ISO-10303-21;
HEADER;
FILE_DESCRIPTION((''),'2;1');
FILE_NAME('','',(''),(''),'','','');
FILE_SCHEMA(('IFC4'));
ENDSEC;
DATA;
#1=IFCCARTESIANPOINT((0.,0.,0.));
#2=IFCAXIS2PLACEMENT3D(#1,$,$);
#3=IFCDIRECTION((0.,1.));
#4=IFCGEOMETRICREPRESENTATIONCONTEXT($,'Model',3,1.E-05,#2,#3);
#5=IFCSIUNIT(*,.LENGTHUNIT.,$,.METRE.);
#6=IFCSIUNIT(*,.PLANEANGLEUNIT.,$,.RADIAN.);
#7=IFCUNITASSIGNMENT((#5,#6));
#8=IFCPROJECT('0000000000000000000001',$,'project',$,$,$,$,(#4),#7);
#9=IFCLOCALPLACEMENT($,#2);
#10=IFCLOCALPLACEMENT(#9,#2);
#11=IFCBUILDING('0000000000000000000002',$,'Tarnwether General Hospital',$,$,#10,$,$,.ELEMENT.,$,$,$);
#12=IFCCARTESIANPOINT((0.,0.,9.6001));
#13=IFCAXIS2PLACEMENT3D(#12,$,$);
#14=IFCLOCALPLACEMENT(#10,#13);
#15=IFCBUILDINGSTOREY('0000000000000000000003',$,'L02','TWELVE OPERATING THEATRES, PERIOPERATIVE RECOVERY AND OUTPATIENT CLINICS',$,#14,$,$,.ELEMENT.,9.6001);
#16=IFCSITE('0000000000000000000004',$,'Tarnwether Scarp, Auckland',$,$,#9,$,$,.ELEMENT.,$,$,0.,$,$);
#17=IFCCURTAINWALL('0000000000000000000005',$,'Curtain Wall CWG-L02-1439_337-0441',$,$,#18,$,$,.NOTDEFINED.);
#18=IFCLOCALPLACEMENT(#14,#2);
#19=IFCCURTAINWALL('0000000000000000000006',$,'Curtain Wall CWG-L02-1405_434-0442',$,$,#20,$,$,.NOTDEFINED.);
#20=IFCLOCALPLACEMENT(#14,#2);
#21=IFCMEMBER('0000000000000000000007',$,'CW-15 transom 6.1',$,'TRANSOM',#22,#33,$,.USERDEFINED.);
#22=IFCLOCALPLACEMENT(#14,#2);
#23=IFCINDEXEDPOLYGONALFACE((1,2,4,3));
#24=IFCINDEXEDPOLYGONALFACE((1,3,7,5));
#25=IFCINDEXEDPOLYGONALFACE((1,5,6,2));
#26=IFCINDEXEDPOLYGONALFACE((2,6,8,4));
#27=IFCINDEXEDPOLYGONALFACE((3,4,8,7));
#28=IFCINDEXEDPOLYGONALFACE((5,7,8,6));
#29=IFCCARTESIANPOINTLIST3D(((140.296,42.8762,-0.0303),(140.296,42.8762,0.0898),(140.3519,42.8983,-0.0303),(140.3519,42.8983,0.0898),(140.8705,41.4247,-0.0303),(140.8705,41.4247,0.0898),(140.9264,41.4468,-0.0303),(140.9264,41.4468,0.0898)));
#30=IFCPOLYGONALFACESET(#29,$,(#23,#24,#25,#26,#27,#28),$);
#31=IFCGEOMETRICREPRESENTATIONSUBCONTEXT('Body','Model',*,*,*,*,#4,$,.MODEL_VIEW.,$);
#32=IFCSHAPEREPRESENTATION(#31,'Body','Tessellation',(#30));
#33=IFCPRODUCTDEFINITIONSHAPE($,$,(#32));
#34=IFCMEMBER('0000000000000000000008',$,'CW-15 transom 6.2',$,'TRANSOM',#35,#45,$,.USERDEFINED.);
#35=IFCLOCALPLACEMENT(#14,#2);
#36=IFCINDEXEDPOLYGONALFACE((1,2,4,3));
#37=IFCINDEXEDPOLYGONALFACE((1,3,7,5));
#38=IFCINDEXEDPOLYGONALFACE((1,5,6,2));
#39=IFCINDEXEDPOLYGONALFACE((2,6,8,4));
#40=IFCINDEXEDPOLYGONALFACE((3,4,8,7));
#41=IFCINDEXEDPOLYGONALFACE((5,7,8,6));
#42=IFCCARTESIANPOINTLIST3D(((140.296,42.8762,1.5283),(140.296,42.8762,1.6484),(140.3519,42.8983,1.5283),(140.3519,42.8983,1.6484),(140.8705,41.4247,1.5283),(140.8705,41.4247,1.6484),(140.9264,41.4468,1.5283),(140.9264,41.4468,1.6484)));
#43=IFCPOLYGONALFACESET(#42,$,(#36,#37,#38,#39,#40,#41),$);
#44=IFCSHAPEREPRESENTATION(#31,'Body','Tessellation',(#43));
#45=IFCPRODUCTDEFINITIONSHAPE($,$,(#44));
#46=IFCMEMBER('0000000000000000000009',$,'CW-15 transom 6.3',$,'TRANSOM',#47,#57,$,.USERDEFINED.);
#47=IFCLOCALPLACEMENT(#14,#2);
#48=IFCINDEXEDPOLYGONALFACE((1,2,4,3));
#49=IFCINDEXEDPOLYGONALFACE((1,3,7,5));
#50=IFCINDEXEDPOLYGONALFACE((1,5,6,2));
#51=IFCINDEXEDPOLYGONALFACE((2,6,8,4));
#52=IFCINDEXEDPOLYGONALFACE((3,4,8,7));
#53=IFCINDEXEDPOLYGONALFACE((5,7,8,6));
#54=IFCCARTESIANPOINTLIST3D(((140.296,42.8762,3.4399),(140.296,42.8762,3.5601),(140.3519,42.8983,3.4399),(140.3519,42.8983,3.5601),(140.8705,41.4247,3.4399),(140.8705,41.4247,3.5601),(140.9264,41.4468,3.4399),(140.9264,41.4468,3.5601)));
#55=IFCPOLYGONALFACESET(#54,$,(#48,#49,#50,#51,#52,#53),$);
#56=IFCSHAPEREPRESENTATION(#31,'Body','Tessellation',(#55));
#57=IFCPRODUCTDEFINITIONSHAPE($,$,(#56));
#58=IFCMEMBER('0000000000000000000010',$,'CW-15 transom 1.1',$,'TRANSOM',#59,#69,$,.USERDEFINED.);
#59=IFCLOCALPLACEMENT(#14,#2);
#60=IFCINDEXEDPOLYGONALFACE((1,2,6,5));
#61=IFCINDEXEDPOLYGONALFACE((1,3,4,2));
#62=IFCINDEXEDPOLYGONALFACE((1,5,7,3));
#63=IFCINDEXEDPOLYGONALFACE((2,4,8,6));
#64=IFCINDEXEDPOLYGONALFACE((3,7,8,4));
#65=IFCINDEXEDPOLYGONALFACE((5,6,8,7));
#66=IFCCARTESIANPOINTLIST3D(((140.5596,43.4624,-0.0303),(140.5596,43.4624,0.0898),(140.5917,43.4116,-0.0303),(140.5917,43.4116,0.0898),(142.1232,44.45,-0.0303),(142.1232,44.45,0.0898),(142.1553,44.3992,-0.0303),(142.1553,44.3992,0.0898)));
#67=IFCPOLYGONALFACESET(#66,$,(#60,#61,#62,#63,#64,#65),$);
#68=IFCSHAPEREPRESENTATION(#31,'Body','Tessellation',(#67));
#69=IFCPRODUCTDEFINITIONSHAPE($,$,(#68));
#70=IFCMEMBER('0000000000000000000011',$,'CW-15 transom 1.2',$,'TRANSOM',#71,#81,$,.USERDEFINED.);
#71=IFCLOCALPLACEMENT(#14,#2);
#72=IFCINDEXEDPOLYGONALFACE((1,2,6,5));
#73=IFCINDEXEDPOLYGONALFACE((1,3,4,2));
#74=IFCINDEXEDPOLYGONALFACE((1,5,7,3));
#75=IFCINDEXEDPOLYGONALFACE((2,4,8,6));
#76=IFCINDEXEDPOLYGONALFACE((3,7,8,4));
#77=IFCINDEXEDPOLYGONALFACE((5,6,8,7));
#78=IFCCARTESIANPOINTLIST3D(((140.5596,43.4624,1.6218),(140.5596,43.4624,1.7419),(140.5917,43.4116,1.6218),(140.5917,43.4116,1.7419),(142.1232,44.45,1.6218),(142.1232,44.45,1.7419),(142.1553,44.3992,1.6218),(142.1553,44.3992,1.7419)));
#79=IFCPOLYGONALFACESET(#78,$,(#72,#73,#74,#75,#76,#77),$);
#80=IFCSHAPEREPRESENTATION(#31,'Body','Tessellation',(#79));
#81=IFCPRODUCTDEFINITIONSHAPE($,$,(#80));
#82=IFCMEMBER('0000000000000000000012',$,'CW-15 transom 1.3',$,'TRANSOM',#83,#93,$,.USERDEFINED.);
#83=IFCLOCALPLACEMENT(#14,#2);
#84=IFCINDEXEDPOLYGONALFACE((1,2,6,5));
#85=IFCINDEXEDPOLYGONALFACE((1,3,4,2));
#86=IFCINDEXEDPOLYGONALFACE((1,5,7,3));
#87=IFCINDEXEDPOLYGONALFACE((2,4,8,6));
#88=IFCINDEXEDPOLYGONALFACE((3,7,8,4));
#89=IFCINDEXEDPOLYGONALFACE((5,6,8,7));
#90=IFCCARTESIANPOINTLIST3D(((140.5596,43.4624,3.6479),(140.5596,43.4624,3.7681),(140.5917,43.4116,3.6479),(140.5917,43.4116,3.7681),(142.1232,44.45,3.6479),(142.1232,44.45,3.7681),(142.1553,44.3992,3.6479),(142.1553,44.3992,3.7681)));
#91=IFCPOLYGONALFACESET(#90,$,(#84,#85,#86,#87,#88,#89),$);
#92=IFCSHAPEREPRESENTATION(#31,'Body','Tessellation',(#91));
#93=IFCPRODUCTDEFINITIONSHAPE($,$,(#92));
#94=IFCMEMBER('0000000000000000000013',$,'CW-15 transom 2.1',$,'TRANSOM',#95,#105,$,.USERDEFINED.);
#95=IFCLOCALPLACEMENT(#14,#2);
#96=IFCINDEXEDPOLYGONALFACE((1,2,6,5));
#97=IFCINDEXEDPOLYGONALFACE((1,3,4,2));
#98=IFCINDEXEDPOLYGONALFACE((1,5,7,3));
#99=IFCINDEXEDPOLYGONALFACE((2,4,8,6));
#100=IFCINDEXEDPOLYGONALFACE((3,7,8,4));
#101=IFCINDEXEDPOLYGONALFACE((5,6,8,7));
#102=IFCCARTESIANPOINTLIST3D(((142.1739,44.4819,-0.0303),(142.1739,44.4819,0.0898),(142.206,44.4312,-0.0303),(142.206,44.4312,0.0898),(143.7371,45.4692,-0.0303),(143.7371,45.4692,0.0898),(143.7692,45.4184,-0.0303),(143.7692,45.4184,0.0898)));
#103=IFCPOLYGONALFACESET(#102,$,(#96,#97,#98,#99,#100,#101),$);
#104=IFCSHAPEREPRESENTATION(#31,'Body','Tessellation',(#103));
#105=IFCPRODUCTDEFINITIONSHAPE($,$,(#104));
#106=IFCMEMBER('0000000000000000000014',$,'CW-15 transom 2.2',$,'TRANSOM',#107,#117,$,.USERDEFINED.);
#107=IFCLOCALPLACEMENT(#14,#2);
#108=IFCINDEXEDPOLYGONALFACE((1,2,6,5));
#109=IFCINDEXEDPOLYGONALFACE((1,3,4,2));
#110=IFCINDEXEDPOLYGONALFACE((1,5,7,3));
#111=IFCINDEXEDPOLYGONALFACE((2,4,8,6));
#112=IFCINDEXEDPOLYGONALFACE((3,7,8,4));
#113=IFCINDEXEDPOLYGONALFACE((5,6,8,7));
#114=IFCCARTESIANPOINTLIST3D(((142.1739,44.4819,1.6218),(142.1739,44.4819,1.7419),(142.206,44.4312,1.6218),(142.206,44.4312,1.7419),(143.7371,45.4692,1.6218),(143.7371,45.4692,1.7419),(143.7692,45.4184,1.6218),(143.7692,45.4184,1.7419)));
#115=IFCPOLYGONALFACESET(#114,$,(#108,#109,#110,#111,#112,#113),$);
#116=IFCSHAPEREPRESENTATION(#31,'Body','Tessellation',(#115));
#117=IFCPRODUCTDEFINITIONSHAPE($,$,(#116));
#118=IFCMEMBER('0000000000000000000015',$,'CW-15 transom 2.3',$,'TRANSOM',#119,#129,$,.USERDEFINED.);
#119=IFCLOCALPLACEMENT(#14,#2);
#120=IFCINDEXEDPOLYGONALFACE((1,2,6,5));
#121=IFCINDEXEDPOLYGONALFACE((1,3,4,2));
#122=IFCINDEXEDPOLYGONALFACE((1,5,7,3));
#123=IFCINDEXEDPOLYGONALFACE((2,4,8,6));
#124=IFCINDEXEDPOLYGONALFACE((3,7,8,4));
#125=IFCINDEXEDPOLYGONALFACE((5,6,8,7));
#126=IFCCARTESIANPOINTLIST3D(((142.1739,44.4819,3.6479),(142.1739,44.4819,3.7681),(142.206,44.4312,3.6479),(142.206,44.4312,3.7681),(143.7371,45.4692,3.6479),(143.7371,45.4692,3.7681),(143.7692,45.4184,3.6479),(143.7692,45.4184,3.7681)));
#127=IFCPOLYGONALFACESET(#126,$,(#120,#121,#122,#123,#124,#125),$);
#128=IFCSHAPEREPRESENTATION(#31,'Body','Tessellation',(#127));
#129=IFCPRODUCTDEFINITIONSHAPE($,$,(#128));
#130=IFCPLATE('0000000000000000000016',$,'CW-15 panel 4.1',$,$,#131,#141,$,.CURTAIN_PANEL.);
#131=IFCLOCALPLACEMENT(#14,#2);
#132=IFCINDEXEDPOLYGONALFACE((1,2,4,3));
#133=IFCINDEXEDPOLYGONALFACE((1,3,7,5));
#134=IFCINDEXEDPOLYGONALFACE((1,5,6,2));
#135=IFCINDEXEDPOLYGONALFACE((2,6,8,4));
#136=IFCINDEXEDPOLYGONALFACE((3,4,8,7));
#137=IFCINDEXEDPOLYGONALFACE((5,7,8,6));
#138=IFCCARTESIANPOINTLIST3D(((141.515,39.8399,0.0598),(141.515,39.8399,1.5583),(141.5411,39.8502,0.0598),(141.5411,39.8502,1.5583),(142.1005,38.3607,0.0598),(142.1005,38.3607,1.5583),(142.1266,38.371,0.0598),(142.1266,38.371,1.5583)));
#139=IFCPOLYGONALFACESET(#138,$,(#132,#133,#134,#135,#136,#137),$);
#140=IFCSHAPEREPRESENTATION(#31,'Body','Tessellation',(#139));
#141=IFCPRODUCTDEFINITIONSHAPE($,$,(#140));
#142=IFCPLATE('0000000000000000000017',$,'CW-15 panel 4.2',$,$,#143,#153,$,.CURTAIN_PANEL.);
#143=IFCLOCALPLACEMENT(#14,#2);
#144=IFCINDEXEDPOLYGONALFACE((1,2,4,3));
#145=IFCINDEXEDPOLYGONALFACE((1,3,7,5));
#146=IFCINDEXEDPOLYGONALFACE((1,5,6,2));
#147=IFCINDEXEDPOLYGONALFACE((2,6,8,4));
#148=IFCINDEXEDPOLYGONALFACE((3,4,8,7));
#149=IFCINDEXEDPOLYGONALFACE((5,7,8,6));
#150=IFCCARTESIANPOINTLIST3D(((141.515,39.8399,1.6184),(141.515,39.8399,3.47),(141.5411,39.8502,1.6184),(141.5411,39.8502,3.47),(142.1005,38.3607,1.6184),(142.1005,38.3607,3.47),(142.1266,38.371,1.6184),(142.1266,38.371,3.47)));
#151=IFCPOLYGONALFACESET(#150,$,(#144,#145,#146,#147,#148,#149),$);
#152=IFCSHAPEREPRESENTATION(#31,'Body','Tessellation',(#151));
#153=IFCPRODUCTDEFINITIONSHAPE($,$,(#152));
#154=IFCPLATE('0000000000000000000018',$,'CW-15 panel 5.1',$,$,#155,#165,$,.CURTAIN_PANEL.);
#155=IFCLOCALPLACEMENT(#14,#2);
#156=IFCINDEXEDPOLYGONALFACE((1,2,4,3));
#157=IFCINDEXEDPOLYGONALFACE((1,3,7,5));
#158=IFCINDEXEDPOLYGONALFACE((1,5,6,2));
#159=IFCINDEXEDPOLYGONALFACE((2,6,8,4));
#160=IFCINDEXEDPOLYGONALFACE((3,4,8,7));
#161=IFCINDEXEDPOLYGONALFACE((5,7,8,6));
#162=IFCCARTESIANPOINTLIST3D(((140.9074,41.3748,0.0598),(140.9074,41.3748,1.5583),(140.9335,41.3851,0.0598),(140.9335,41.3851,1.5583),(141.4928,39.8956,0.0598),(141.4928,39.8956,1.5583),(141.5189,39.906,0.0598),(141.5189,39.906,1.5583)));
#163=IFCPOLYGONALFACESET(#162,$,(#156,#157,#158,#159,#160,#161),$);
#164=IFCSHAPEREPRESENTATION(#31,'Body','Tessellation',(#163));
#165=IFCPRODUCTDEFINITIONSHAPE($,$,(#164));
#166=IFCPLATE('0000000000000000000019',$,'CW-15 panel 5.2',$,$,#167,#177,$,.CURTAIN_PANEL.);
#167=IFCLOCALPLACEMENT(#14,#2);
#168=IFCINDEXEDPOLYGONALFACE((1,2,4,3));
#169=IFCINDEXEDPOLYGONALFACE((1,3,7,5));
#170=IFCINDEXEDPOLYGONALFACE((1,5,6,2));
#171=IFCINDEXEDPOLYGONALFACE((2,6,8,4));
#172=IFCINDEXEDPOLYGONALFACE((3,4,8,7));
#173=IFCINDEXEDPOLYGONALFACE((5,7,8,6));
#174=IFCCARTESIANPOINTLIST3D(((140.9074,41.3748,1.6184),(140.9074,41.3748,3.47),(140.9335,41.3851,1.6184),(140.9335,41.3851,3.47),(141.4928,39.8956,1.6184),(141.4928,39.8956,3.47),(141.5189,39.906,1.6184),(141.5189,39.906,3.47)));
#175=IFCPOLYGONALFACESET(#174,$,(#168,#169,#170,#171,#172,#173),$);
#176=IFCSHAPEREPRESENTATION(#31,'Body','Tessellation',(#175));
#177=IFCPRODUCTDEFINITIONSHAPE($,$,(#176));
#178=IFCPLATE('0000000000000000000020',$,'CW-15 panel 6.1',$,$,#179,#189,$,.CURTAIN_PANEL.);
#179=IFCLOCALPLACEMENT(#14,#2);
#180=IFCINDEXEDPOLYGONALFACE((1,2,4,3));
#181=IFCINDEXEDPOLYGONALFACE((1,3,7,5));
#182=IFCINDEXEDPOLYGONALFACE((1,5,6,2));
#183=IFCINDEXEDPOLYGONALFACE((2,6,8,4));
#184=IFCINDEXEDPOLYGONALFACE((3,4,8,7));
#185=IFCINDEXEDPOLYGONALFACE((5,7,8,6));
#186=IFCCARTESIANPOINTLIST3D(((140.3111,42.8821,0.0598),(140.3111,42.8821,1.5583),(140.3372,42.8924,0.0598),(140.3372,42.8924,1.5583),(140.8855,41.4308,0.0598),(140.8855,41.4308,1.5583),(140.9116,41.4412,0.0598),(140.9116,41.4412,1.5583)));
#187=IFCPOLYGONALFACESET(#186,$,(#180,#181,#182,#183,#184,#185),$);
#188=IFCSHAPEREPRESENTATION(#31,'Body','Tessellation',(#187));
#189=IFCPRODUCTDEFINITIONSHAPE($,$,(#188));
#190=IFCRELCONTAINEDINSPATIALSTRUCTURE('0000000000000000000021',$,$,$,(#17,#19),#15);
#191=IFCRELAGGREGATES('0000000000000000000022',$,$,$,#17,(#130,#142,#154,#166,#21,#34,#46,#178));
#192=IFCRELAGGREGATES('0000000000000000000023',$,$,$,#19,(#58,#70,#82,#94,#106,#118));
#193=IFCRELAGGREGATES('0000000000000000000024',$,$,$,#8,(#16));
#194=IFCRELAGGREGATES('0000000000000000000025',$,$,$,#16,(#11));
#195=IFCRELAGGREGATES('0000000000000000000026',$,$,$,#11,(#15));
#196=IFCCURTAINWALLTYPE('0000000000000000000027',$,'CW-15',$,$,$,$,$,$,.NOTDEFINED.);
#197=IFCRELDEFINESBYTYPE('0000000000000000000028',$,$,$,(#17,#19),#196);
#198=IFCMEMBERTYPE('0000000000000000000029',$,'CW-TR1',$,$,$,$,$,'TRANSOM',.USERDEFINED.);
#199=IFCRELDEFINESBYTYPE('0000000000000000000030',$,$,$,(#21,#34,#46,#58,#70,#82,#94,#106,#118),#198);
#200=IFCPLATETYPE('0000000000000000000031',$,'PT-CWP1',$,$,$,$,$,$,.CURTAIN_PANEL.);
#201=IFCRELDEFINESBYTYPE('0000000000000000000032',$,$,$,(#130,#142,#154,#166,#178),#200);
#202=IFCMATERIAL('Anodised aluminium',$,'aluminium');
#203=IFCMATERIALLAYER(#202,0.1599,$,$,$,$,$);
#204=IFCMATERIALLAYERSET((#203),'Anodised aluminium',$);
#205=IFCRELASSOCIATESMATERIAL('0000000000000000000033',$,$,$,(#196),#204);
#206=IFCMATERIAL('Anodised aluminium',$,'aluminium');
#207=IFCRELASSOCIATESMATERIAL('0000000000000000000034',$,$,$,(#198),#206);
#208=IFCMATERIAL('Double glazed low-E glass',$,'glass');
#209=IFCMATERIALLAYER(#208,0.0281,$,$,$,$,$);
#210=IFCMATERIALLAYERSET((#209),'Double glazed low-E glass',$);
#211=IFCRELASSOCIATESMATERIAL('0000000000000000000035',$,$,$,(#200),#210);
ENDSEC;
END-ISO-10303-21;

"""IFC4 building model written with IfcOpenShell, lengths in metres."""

from ifc_helpers import new_model, si_unit, direction, frame, origin, origin_2d, place, context, subcontext, project, spatial, rectangle, extrude, material, layer, layer_set, material_profile, profile_set, type_object, element, aggregate, save


model = new_model("IFC4")

# Units and contexts
model_context = context("Model", 3, precision=1e-05, world=origin(), true_north=direction((0.0, 1.0)))
body_context = subcontext(model_context, "Body", "Model", "MODEL_VIEW")
ifc_project = project(units=[si_unit("LENGTHUNIT", "METRE"), si_unit("PLANEANGLEUNIT", "RADIAN")], contexts=[model_context])

# Site, building, storey
site_placement = place(None, origin())
site = spatial("IfcSite", under=ifc_project, at=site_placement, Name="Tarnwether Scarp, Auckland", CompositionType="ELEMENT", RefElevation=0.0)
building_placement = place(site_placement, origin())
building = spatial("IfcBuilding", under=site, at=building_placement, Name="Tarnwether General Hospital", CompositionType="ELEMENT")
storey_placement = place(building_placement, frame((0.0, 0.0, 9.6001)))
storey = spatial("IfcBuildingStorey", under=building, at=storey_placement, Name="L02", Description="TWELVE OPERATING THEATRES, PERIOPERATIVE RECOVERY AND OUTPATIENT CLINICS", CompositionType="ELEMENT", Elevation=9.6001)

# Curtain walls
ifc_material_1 = material(Name="Anodised aluminium", Category="aluminium")
ifc_layer_1 = layer(ifc_material_1, 0.1599)
ifc_layer_set_1 = layer_set([ifc_layer_1], Name="Anodised aluminium")
curtain_wall_type = type_object("IfcCurtainWallType", Name="CW-15", PredefinedType="NOTDEFINED", material=ifc_layer_set_1)
curtain_wall_1_placement = place(storey_placement, origin())
curtain_wall_1 = element("IfcCurtainWall", 1, at=curtain_wall_1_placement, inside=storey, type_object=curtain_wall_type, Name="Curtain Wall CWG-L02-1439_337-0441", PredefinedType="NOTDEFINED")
curtain_wall_2_placement = place(storey_placement, origin())
curtain_wall_2 = element("IfcCurtainWall", 2, at=curtain_wall_2_placement, inside=storey, type_object=curtain_wall_type, Name="Curtain Wall CWG-L02-1405_434-0442", PredefinedType="NOTDEFINED")

# Members
ifc_material_2 = material(Name="Anodised aluminium", Category="aluminium")
ifc_material_profile_1 = material_profile(ifc_material_2, rectangle(XDim=0.0601, YDim=0.1201, at=origin_2d()), Name="ALU-TRN-60x120")
ifc_profile_set_1 = profile_set([ifc_material_profile_1], Name="Anodised aluminium")
member_type_1 = type_object("IfcMemberType", Name="CW-TR1", ElementType="TRANSOM", PredefinedType="USERDEFINED", material=ifc_profile_set_1)
member_1_placement = place(storey_placement, frame((140.8984, 41.4358, 0.0298), z_axis=(-0.368017, 0.929819, 0.0), x_axis=(-0.929819, -0.368017, 0.0)))
member_1 = element("IfcMember", 3, at=member_1_placement, type_object=member_type_1, Name="CW-15 transom 6.1", ObjectType="TRANSOM", PredefinedType="USERDEFINED", context=body_context, shape_type="SweptSolid", body=[
    extrude(rectangle(XDim=0.0601, YDim=0.1201, at=origin_2d()), origin(), (0.0, 0.0, 1.0), 1.561),
])
member_2_placement = place(storey_placement, frame((140.8984, 41.4358, 1.5884), z_axis=(-0.368017, 0.929819, 0.0), x_axis=(-0.929819, -0.368017, 0.0)))
member_2 = element("IfcMember", 4, at=member_2_placement, type_object=member_type_1, Name="CW-15 transom 6.2", ObjectType="TRANSOM", PredefinedType="USERDEFINED", context=body_context, shape_type="SweptSolid", body=[
    extrude(rectangle(XDim=0.0601, YDim=0.1201, at=origin_2d()), origin(), (0.0, 0.0, 1.0), 1.561),
])
member_3_placement = place(storey_placement, frame((140.8984, 41.4358, 3.5), z_axis=(-0.368017, 0.929819, 0.0), x_axis=(-0.929819, -0.368017, 0.0)))
member_3 = element("IfcMember", 5, at=member_3_placement, type_object=member_type_1, Name="CW-15 transom 6.3", ObjectType="TRANSOM", PredefinedType="USERDEFINED", context=body_context, shape_type="SweptSolid", body=[
    extrude(rectangle(XDim=0.0601, YDim=0.1201, at=origin_2d()), origin(), (0.0, 0.0, 1.0), 1.561),
])
member_4_placement = place(storey_placement, frame((140.5757, 43.437, 0.0298), z_axis=(0.845467, 0.534028, 0.0), x_axis=(-0.534028, 0.845467, 0.0)))
member_4 = element("IfcMember", 6, at=member_4_placement, type_object=member_type_1, Name="CW-15 transom 1.1", ObjectType="TRANSOM", PredefinedType="USERDEFINED", context=body_context, shape_type="SweptSolid", body=[
    extrude(rectangle(XDim=0.0601, YDim=0.1201, at=origin_2d()), origin(), (0.0, 0.0, 1.0), 1.8494),
])
member_5_placement = place(storey_placement, frame((140.5757, 43.437, 1.6819), z_axis=(0.845467, 0.534028, 0.0), x_axis=(-0.534028, 0.845467, 0.0)))
member_5 = element("IfcMember", 7, at=member_5_placement, type_object=member_type_1, Name="CW-15 transom 1.2", ObjectType="TRANSOM", PredefinedType="USERDEFINED", context=body_context, shape_type="SweptSolid", body=[
    extrude(rectangle(XDim=0.0601, YDim=0.1201, at=origin_2d()), origin(), (0.0, 0.0, 1.0), 1.8494),
])
member_6_placement = place(storey_placement, frame((140.5757, 43.437, 3.708), z_axis=(0.845467, 0.534028, 0.0), x_axis=(-0.534028, 0.845467, 0.0)))
member_6 = element("IfcMember", 8, at=member_6_placement, type_object=member_type_1, Name="CW-15 transom 1.3", ObjectType="TRANSOM", PredefinedType="USERDEFINED", context=body_context, shape_type="SweptSolid", body=[
    extrude(rectangle(XDim=0.0601, YDim=0.1201, at=origin_2d()), origin(), (0.0, 0.0, 1.0), 1.8494),
])
member_7_placement = place(storey_placement, frame((142.1899, 44.4565, 0.0298), z_axis=(0.845489, 0.533993, 0.0), x_axis=(-0.533993, 0.845489, 0.0)))
member_7 = element("IfcMember", 9, at=member_7_placement, type_object=member_type_1, Name="CW-15 transom 2.1", ObjectType="TRANSOM", PredefinedType="USERDEFINED", context=body_context, shape_type="SweptSolid", body=[
    extrude(rectangle(XDim=0.0601, YDim=0.1201, at=origin_2d()), origin(), (0.0, 0.0, 1.0), 1.8489),
])
member_8_placement = place(storey_placement, frame((142.1899, 44.4565, 1.6819), z_axis=(0.845489, 0.533993, 0.0), x_axis=(-0.533993, 0.845489, 0.0)))
member_8 = element("IfcMember", 10, at=member_8_placement, type_object=member_type_1, Name="CW-15 transom 2.2", ObjectType="TRANSOM", PredefinedType="USERDEFINED", context=body_context, shape_type="SweptSolid", body=[
    extrude(rectangle(XDim=0.0601, YDim=0.1201, at=origin_2d()), origin(), (0.0, 0.0, 1.0), 1.8489),
])
member_9_placement = place(storey_placement, frame((142.1899, 44.4565, 3.708), z_axis=(0.845489, 0.533993, 0.0), x_axis=(-0.533993, 0.845489, 0.0)))
member_9 = element("IfcMember", 11, at=member_9_placement, type_object=member_type_1, Name="CW-15 transom 2.3", ObjectType="TRANSOM", PredefinedType="USERDEFINED", context=body_context, shape_type="SweptSolid", body=[
    extrude(rectangle(XDim=0.0601, YDim=0.1201, at=origin_2d()), origin(), (0.0, 0.0, 1.0), 1.8489),
])

# Plates
ifc_material_3 = material(Name="Double glazed low-E glass", Category="glass")
ifc_layer_2 = layer(ifc_material_3, 0.0281)
ifc_layer_set_2 = layer_set([ifc_layer_2], Name="Double glazed low-E glass")
plate_type_1 = type_object("IfcPlateType", Name="PT-CWP1", PredefinedType="CURTAIN_PANEL", material=ifc_layer_set_2)
plate_1_placement = place(storey_placement, frame((141.8208, 39.1055, 0.0598), z_axis=(0.0, 0.0, 1.0), x_axis=(-0.367994, 0.929828, 0.0)))
plate_1 = element("IfcPlate", 12, at=plate_1_placement, type_object=plate_type_1, Name="CW-15 panel 4.1", PredefinedType="CURTAIN_PANEL", context=body_context, shape_type="SweptSolid", body=[
    extrude(rectangle(XDim=1.5908, YDim=0.0281, at=origin_2d()), origin(), (0.0, 0.0, 1.0), 1.4985),
])
plate_2_placement = place(storey_placement, frame((141.8208, 39.1055, 1.6184), z_axis=(0.0, 0.0, 1.0), x_axis=(-0.367994, 0.929828, 0.0)))
plate_2 = element("IfcPlate", 13, at=plate_2_placement, type_object=plate_type_1, Name="CW-15 panel 4.2", PredefinedType="CURTAIN_PANEL", context=body_context, shape_type="SweptSolid", body=[
    extrude(rectangle(XDim=1.5908, YDim=0.0281, at=origin_2d()), origin(), (0.0, 0.0, 1.0), 1.8516),
])
plate_3_placement = place(storey_placement, frame((141.2131, 40.6404, 0.0598), z_axis=(0.0, 0.0, 1.0), x_axis=(-0.367994, 0.929828, 0.0)))
plate_3 = element("IfcPlate", 14, at=plate_3_placement, type_object=plate_type_1, Name="CW-15 panel 5.1", PredefinedType="CURTAIN_PANEL", context=body_context, shape_type="SweptSolid", body=[
    extrude(rectangle(XDim=1.5908, YDim=0.0281, at=origin_2d()), origin(), (0.0, 0.0, 1.0), 1.4985),
])
plate_4_placement = place(storey_placement, frame((141.2131, 40.6404, 1.6184), z_axis=(0.0, 0.0, 1.0), x_axis=(-0.367994, 0.929828, 0.0)))
plate_4 = element("IfcPlate", 15, at=plate_4_placement, type_object=plate_type_1, Name="CW-15 panel 5.2", PredefinedType="CURTAIN_PANEL", context=body_context, shape_type="SweptSolid", body=[
    extrude(rectangle(XDim=1.5908, YDim=0.0281, at=origin_2d()), origin(), (0.0, 0.0, 1.0), 1.8516),
])
plate_5_placement = place(storey_placement, frame((140.6113, 42.1616, 0.0598), z_axis=(0.0, 0.0, 1.0), x_axis=(-0.367994, 0.929828, 0.0)))
plate_5 = element("IfcPlate", 16, at=plate_5_placement, type_object=plate_type_1, Name="CW-15 panel 6.1", PredefinedType="CURTAIN_PANEL", context=body_context, shape_type="SweptSolid", body=[
    extrude(rectangle(XDim=1.5608, YDim=0.0281, at=origin_2d()), origin(), (0.0, 0.0, 1.0), 1.4985),
])
aggregate(curtain_wall_1, [plate_1, plate_2, plate_3, plate_4, member_1, member_2, member_3, plate_5])
aggregate(curtain_wall_2, [member_4, member_5, member_6, member_7, member_8, member_9])

save(model, "model.ifc")
